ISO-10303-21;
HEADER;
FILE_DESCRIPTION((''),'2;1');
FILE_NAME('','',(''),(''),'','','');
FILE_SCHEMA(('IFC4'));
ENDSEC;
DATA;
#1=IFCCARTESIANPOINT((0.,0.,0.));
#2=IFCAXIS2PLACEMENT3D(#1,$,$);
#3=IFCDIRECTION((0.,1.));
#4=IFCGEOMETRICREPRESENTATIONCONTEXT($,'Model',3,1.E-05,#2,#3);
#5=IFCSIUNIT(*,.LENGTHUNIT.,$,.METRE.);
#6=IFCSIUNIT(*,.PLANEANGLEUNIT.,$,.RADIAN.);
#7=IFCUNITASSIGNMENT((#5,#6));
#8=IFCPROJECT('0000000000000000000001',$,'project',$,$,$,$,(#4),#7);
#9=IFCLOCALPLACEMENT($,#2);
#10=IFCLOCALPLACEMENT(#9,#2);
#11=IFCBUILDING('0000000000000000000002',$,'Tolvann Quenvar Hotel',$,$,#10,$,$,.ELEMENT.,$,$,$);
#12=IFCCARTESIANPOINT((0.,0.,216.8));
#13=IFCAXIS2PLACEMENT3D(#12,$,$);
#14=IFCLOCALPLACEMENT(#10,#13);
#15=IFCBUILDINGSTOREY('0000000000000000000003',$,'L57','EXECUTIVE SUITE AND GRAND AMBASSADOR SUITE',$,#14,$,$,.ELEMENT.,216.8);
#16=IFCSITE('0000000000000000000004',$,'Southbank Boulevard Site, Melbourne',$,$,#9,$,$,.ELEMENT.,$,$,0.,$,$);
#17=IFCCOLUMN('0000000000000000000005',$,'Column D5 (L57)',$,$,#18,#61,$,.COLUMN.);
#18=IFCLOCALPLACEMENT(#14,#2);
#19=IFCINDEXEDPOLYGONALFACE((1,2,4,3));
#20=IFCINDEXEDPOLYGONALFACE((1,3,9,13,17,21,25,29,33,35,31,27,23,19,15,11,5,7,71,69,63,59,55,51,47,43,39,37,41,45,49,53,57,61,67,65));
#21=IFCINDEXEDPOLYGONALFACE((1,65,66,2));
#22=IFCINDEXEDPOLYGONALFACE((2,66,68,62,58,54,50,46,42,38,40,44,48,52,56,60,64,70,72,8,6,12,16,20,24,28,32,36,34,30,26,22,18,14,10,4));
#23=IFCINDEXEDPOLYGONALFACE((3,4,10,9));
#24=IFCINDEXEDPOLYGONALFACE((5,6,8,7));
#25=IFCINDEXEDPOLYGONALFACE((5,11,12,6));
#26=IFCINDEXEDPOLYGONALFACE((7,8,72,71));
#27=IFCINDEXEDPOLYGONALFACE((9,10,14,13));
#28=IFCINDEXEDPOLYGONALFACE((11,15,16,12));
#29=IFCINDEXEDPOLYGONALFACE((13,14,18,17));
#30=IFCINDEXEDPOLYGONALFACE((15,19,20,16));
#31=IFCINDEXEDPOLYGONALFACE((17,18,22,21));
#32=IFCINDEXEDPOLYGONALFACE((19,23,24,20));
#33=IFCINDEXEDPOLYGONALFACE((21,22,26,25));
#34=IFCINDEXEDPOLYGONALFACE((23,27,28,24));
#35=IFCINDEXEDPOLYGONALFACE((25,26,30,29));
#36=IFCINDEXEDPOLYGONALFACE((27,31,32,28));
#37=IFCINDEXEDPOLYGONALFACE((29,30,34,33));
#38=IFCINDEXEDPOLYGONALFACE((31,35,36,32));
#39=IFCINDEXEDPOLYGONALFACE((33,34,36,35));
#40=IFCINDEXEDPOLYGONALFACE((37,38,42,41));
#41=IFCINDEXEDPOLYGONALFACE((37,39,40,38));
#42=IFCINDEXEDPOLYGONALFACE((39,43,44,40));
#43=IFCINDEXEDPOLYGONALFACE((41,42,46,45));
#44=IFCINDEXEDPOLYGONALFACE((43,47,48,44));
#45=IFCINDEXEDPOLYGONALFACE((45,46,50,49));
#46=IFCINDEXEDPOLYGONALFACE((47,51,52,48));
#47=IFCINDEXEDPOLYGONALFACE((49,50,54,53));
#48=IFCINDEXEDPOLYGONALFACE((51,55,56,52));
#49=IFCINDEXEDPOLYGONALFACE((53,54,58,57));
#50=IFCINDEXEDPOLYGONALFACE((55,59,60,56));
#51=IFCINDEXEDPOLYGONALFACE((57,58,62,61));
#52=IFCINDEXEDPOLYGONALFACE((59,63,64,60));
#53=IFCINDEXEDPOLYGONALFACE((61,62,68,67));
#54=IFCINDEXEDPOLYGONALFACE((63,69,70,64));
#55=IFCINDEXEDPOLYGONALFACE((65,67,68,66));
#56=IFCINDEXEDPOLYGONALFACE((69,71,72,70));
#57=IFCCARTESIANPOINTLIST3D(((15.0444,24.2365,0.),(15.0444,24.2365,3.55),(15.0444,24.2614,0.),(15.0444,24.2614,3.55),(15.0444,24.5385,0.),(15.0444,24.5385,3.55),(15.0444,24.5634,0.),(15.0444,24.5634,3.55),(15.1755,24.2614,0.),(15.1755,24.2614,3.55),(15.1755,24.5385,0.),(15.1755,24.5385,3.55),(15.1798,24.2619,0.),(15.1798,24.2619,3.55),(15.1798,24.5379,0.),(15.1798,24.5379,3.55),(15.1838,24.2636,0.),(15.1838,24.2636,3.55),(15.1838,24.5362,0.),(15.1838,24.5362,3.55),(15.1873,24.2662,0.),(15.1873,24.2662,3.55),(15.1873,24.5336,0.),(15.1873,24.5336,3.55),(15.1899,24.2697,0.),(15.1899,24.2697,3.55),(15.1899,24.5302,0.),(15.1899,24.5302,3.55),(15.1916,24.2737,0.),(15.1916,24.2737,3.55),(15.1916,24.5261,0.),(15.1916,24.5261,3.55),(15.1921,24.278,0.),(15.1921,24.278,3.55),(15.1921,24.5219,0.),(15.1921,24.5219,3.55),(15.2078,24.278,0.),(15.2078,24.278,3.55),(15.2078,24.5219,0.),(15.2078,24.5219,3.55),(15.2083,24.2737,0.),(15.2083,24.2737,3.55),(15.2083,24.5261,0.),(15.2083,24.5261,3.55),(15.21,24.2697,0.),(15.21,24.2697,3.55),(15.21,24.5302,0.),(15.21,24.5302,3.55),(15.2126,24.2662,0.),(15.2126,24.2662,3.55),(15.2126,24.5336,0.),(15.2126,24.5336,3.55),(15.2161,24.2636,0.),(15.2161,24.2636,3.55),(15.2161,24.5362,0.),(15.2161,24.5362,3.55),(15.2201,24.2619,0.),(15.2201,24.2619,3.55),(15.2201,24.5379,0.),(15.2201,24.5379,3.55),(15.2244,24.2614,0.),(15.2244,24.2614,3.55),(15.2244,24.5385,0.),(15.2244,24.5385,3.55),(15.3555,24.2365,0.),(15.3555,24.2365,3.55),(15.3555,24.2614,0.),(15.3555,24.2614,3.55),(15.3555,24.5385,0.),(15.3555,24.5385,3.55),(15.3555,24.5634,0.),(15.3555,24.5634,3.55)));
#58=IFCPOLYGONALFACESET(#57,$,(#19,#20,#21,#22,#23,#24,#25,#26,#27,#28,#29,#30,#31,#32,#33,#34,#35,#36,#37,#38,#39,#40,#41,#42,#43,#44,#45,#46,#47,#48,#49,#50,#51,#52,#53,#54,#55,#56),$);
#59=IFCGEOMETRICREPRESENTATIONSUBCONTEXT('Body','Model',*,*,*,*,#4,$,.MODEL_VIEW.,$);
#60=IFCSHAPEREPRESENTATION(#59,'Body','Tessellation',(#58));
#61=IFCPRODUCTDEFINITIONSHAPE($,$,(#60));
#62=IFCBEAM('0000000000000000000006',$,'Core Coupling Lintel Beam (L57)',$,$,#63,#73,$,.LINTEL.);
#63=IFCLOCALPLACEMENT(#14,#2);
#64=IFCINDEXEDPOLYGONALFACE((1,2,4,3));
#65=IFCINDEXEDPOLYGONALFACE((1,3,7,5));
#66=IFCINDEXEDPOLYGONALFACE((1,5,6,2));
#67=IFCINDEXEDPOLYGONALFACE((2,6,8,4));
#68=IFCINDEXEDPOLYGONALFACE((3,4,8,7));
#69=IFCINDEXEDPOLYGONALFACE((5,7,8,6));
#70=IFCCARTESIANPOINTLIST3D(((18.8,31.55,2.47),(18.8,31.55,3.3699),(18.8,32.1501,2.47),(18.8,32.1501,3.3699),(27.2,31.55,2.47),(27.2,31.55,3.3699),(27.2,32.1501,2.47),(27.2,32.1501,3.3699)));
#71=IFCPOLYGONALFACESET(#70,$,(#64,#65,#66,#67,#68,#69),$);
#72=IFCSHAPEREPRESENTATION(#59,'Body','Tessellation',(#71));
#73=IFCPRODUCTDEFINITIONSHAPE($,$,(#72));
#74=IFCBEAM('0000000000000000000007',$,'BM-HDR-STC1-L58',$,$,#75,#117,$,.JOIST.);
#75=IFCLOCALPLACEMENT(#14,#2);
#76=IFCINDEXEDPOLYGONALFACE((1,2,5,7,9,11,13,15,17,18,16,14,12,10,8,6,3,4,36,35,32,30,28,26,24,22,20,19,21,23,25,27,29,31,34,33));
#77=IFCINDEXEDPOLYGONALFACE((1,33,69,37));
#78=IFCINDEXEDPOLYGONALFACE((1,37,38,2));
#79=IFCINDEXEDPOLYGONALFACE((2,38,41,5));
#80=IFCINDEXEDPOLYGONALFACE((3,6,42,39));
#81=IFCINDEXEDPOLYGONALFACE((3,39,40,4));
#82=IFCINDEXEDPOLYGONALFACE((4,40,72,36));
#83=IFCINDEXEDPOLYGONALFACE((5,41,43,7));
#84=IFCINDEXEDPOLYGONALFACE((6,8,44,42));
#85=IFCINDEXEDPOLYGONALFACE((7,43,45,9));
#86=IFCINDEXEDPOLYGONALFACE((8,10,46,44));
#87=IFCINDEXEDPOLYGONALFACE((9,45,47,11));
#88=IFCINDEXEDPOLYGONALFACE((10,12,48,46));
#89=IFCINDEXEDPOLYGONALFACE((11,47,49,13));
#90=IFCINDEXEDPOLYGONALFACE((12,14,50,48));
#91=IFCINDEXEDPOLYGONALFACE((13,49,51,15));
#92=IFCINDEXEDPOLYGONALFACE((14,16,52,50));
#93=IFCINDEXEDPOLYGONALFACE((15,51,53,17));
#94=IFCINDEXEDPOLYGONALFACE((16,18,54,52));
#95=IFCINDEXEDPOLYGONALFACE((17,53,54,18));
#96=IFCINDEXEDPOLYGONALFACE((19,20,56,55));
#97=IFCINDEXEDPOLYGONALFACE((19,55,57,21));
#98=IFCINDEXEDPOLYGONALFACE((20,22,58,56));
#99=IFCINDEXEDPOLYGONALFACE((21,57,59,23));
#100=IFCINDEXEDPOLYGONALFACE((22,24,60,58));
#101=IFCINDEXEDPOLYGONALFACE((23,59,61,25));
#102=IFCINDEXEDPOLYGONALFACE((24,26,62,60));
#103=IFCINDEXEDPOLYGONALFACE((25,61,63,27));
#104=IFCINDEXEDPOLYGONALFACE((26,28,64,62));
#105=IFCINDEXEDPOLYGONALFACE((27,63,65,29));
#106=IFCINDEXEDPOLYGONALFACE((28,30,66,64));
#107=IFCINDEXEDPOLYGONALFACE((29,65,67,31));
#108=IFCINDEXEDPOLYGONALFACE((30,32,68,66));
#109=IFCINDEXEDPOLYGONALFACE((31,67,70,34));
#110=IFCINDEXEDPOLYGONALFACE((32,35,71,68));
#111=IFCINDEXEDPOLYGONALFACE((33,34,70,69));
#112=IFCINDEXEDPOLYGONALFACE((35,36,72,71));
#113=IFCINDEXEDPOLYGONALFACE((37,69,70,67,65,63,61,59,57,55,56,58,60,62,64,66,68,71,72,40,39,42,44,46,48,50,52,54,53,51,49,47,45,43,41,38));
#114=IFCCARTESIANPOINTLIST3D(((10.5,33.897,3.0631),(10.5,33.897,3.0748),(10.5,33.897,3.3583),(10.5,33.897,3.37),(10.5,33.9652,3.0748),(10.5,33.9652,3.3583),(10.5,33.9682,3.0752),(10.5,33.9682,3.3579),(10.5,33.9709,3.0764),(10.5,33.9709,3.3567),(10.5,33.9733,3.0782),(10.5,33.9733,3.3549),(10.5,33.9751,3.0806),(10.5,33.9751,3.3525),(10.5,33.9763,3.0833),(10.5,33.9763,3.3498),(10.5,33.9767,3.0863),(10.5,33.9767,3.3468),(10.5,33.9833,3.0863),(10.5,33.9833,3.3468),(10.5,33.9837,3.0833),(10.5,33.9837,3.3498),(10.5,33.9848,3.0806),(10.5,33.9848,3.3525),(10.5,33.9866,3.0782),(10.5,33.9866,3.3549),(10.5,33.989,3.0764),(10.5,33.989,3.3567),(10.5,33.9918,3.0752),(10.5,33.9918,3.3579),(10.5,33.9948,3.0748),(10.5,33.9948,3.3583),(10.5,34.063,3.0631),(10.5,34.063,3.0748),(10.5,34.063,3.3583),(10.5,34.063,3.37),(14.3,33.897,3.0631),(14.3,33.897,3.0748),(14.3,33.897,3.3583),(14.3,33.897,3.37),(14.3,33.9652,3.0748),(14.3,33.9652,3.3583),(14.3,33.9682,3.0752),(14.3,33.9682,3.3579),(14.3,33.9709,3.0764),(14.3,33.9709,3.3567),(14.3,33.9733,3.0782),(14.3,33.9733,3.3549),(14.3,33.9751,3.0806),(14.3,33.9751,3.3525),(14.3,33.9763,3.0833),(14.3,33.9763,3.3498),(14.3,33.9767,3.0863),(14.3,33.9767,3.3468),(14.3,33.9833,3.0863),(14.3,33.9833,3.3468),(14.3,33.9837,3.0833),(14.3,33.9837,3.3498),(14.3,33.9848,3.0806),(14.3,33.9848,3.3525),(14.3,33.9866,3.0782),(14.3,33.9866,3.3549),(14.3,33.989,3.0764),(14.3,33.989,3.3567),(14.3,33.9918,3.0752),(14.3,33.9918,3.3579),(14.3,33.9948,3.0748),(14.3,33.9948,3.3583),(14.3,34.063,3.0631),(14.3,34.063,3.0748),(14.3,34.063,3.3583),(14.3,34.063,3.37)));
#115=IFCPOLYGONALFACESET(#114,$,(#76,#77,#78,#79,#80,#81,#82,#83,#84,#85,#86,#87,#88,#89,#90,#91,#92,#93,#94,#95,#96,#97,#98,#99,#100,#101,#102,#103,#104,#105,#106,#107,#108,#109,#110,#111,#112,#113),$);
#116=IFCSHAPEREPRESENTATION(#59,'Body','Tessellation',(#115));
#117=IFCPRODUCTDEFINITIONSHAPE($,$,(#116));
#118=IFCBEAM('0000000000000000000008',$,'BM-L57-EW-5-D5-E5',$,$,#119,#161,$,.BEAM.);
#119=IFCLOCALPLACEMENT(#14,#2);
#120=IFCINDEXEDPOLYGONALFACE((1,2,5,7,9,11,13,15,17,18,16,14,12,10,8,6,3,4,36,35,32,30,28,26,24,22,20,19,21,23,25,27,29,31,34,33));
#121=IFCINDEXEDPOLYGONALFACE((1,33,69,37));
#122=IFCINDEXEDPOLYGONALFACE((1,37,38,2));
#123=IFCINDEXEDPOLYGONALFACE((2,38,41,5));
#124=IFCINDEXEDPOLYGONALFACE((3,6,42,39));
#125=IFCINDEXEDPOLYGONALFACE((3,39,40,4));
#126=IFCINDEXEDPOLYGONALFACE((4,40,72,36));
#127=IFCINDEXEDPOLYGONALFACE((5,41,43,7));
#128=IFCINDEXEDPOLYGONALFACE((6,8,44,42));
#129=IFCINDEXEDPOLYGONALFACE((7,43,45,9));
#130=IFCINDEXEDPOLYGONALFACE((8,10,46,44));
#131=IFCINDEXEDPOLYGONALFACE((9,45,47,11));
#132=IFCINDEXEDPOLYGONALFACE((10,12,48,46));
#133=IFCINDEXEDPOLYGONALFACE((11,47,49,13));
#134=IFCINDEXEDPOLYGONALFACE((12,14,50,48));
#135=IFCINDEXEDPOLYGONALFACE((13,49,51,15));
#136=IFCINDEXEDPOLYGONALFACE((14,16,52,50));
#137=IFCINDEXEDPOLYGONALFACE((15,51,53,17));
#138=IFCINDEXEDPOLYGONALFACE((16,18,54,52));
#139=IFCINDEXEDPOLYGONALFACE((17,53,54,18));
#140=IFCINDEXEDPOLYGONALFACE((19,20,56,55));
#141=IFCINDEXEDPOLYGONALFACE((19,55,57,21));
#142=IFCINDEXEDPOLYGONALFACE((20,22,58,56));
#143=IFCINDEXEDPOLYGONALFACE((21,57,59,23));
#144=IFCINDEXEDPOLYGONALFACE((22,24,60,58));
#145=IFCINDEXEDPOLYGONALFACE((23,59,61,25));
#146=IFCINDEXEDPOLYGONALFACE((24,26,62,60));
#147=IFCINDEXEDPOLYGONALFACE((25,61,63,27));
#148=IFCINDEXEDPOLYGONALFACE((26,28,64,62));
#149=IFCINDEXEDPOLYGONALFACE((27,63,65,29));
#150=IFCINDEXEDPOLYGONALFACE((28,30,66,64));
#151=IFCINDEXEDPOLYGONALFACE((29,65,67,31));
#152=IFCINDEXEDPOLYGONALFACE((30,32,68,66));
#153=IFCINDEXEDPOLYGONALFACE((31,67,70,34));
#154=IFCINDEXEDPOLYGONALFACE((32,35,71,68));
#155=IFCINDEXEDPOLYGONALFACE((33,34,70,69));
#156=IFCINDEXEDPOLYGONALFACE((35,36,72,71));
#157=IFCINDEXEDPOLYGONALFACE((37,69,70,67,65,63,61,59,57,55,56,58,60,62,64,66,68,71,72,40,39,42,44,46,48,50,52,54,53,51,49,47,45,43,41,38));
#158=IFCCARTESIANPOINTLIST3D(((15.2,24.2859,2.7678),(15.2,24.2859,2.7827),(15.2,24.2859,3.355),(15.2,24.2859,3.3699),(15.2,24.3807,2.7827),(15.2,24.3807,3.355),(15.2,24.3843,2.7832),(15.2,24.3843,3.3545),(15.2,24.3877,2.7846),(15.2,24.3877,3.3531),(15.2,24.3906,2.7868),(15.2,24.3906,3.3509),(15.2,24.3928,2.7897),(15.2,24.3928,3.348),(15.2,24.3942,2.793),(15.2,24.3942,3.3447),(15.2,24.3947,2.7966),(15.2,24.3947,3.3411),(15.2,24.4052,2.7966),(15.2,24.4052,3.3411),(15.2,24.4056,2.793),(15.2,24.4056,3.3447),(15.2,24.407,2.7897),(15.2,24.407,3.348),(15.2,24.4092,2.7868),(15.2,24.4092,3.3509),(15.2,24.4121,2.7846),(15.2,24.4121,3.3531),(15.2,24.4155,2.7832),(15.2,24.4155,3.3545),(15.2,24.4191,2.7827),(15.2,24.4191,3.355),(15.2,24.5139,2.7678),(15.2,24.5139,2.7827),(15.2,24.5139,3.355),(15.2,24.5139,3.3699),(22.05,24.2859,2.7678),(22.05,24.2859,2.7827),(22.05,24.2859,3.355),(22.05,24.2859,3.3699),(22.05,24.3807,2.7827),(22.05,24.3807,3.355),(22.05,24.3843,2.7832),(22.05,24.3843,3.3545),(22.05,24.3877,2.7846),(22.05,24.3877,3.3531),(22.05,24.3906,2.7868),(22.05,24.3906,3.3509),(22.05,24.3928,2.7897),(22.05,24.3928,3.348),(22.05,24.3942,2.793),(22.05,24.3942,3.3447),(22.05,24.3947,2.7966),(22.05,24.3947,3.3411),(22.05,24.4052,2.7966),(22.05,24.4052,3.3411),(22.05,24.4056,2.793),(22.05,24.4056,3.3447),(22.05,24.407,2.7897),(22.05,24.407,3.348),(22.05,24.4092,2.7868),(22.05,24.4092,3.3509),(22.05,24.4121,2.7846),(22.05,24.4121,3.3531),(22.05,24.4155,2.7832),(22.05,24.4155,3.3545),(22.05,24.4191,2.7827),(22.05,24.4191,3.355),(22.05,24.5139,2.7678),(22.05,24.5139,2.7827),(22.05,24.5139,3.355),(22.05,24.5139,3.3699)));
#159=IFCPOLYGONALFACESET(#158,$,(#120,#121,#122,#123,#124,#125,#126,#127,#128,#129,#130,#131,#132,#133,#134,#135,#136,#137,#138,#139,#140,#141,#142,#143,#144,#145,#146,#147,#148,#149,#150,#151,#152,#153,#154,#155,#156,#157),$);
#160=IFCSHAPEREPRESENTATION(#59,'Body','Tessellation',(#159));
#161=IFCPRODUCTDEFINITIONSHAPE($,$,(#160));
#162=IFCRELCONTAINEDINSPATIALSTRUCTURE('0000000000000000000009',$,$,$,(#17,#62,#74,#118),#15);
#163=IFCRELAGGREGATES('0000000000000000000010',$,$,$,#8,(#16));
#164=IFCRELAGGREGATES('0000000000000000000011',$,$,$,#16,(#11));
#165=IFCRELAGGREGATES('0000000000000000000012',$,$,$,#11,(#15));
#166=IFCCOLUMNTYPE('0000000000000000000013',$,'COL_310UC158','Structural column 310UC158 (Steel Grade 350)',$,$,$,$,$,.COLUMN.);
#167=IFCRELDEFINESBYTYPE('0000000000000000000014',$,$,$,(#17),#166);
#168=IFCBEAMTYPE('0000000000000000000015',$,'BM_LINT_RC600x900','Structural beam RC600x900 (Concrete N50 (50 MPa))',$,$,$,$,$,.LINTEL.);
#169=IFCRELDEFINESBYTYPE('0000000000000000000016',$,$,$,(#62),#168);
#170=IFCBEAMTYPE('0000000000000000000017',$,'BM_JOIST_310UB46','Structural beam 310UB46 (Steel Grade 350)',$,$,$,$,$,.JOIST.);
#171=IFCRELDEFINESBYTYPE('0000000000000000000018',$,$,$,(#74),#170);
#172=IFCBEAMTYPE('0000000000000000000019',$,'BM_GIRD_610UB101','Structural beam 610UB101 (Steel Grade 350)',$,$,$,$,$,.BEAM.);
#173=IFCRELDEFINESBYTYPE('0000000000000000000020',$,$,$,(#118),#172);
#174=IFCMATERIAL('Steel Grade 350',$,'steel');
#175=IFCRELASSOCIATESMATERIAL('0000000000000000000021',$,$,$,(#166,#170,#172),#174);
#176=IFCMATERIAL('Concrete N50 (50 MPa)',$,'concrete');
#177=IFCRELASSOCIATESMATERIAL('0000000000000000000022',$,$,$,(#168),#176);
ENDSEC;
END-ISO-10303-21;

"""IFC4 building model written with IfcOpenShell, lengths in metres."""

from ifc_helpers import new_model, si_unit, direction, frame, origin, origin_2d, place, context, subcontext, project, spatial, rectangle, i_section, extrude, source, transform, mapped, material, material_profile, profile_set, type_object, type_shapes, element, save


model = new_model("IFC4")

# Units and contexts
model_context = context("Model", 3, precision=1e-05, world=origin(), true_north=direction((0.0, 1.0)))
body_context = subcontext(model_context, "Body", "Model", "MODEL_VIEW")
ifc_project = project(units=[si_unit("LENGTHUNIT", "METRE"), si_unit("PLANEANGLEUNIT", "RADIAN")], contexts=[model_context])

# Site, building, storey
site_placement = place(None, origin())
site = spatial("IfcSite", under=ifc_project, at=site_placement, Name="Southbank Boulevard Site, Melbourne", CompositionType="ELEMENT", RefElevation=0.0)
building_placement = place(site_placement, origin())
building = spatial("IfcBuilding", under=site, at=building_placement, Name="Tolvann Quenvar Hotel", CompositionType="ELEMENT")
storey_placement = place(building_placement, frame((0.0, 0.0, 216.8)))
storey = spatial("IfcBuildingStorey", under=building, at=storey_placement, Name="L57", Description="EXECUTIVE SUITE AND GRAND AMBASSADOR SUITE", CompositionType="ELEMENT", Elevation=216.8)

# Column
ifc_material_1 = material(Name="Steel Grade 350", Category="steel")
ifc_material_profile_1 = material_profile(ifc_material_1, i_section(OverallWidth=0.311, OverallDepth=0.3269, WebThickness=0.0156, FlangeThickness=0.0249, FilletRadius=0.0166, at=origin_2d()), Name="310UC158")
ifc_profile_set_1 = profile_set([ifc_material_profile_1], Name="Steel Grade 350")
column_type = type_object("IfcColumnType", Name="COL_310UC158", Description="Structural column 310UC158 (Steel Grade 350)", PredefinedType="COLUMN", material=ifc_profile_set_1)
shared_shape_1 = source(origin(), body_context, "Body", "SweptSolid", [
    extrude(i_section(OverallWidth=0.311, OverallDepth=0.3269, WebThickness=0.0156, FlangeThickness=0.0249, FilletRadius=0.0166, at=origin_2d()), origin(), (0.0, 0.0, 1.0), 3.55),
])
type_shapes(column_type, [shared_shape_1])
column_placement = place(storey_placement, frame((15.2, 24.3999, 0.0), z_axis=(0.0, 0.0, 1.0), x_axis=(1.0, 0.0, 0.0)))
element("IfcColumn", 1, at=column_placement, inside=storey, type_object=column_type, Name="Column D5 (L57)", PredefinedType="COLUMN", context=body_context, shape_type="MappedRepresentation", body=[
    mapped(shared_shape_1, transform((0.0, 0.0, 0.0), x_axis=(1.0, 0.0, 0.0), y_axis=(0.0, 1.0, 0.0), z_axis=(0.0, 0.0, 1.0), scale=1.0)),
])

# Beams
ifc_material_2 = material(Name="Concrete N50 (50 MPa)", Category="concrete")
ifc_material_profile_2 = material_profile(ifc_material_2, rectangle(XDim=0.6001, YDim=0.8999, at=origin_2d()), Name="RC600x900")
ifc_profile_set_2 = profile_set([ifc_material_profile_2], Name="Concrete N50 (50 MPa)")
beam_type_1 = type_object("IfcBeamType", Name="BM_LINT_RC600x900", Description="Structural beam RC600x900 (Concrete N50 (50 MPa))", PredefinedType="LINTEL", material=ifc_profile_set_2)
shared_shape_2 = source(origin(), body_context, "Body", "SweptSolid", [
    extrude(rectangle(XDim=0.6001, YDim=0.8999, at=origin_2d()), origin(), (0.0, 0.0, 1.0), 8.3999),
])
type_shapes(beam_type_1, [shared_shape_2])
beam_1_placement = place(storey_placement, frame((18.8, 31.8501, 2.9199), z_axis=(1.0, 0.0, 0.0), x_axis=(0.0, 1.0, 0.0)))
element("IfcBeam", 2, at=beam_1_placement, inside=storey, type_object=beam_type_1, Name="Core Coupling Lintel Beam (L57)", PredefinedType="LINTEL", context=body_context, shape_type="MappedRepresentation", body=[
    mapped(shared_shape_2, transform((0.0, 0.0, 0.0), x_axis=(1.0, 0.0, 0.0), y_axis=(0.0, 1.0, 0.0), z_axis=(0.0, 0.0, 1.0), scale=1.0)),
])
ifc_material_profile_3 = material_profile(ifc_material_1, i_section(OverallWidth=0.166, OverallDepth=0.3069, WebThickness=0.0066, FlangeThickness=0.0117, FilletRadius=0.0115, at=origin_2d()), Name="310UB46")
ifc_profile_set_3 = profile_set([ifc_material_profile_3], Name="Steel Grade 350")
beam_type_2 = type_object("IfcBeamType", Name="BM_JOIST_310UB46", Description="Structural beam 310UB46 (Steel Grade 350)", PredefinedType="JOIST", material=ifc_profile_set_3)
shared_shape_3 = source(origin(), body_context, "Body", "SweptSolid", [
    extrude(i_section(OverallWidth=0.166, OverallDepth=0.3069, WebThickness=0.0066, FlangeThickness=0.0117, FilletRadius=0.0115, at=origin_2d()), origin(), (0.0, 0.0, 1.0), 3.8),
])
type_shapes(beam_type_2, [shared_shape_3])
beam_2_placement = place(storey_placement, frame((10.5, 33.98, 3.2166), z_axis=(1.0, 0.0, 0.0), x_axis=(0.0, 1.0, 0.0)))
element("IfcBeam", 3, at=beam_2_placement, inside=storey, type_object=beam_type_2, Name="BM-HDR-STC1-L58", PredefinedType="JOIST", context=body_context, shape_type="MappedRepresentation", body=[
    mapped(shared_shape_3, transform((0.0, 0.0, 0.0), x_axis=(1.0, 0.0, 0.0), y_axis=(0.0, 1.0, 0.0), z_axis=(0.0, 0.0, 1.0), scale=1.0)),
])
ifc_material_profile_4 = material_profile(ifc_material_1, i_section(OverallWidth=0.228, OverallDepth=0.6021, WebThickness=0.0105, FlangeThickness=0.0149, FilletRadius=0.0139, at=origin_2d()), Name="610UB101")
ifc_profile_set_4 = profile_set([ifc_material_profile_4], Name="Steel Grade 350")
beam_type_3 = type_object("IfcBeamType", Name="BM_GIRD_610UB101", Description="Structural beam 610UB101 (Steel Grade 350)", PredefinedType="BEAM", material=ifc_profile_set_4)
shared_shape_4 = source(origin(), body_context, "Body", "SweptSolid", [
    extrude(i_section(OverallWidth=0.228, OverallDepth=0.6021, WebThickness=0.0105, FlangeThickness=0.0149, FilletRadius=0.0139, at=origin_2d()), origin(), (0.0, 0.0, 1.0), 6.8501),
])
beam_3_placement = place(storey_placement, frame((15.2, 24.3999, 3.0688), z_axis=(1.0, 0.0, 0.0), x_axis=(0.0, 1.0, 0.0)))
element("IfcBeam", 4, at=beam_3_placement, inside=storey, type_object=beam_type_3, Name="BM-L57-EW-5-D5-E5", PredefinedType="BEAM", context=body_context, shape_type="MappedRepresentation", body=[
    mapped(shared_shape_4, transform((0.0, 0.0, 0.0), x_axis=(1.0, 0.0, 0.0), y_axis=(0.0, 1.0, 0.0), z_axis=(0.0, 0.0, 1.0), scale=1.0)),
])

save(model, "model.ifc")
